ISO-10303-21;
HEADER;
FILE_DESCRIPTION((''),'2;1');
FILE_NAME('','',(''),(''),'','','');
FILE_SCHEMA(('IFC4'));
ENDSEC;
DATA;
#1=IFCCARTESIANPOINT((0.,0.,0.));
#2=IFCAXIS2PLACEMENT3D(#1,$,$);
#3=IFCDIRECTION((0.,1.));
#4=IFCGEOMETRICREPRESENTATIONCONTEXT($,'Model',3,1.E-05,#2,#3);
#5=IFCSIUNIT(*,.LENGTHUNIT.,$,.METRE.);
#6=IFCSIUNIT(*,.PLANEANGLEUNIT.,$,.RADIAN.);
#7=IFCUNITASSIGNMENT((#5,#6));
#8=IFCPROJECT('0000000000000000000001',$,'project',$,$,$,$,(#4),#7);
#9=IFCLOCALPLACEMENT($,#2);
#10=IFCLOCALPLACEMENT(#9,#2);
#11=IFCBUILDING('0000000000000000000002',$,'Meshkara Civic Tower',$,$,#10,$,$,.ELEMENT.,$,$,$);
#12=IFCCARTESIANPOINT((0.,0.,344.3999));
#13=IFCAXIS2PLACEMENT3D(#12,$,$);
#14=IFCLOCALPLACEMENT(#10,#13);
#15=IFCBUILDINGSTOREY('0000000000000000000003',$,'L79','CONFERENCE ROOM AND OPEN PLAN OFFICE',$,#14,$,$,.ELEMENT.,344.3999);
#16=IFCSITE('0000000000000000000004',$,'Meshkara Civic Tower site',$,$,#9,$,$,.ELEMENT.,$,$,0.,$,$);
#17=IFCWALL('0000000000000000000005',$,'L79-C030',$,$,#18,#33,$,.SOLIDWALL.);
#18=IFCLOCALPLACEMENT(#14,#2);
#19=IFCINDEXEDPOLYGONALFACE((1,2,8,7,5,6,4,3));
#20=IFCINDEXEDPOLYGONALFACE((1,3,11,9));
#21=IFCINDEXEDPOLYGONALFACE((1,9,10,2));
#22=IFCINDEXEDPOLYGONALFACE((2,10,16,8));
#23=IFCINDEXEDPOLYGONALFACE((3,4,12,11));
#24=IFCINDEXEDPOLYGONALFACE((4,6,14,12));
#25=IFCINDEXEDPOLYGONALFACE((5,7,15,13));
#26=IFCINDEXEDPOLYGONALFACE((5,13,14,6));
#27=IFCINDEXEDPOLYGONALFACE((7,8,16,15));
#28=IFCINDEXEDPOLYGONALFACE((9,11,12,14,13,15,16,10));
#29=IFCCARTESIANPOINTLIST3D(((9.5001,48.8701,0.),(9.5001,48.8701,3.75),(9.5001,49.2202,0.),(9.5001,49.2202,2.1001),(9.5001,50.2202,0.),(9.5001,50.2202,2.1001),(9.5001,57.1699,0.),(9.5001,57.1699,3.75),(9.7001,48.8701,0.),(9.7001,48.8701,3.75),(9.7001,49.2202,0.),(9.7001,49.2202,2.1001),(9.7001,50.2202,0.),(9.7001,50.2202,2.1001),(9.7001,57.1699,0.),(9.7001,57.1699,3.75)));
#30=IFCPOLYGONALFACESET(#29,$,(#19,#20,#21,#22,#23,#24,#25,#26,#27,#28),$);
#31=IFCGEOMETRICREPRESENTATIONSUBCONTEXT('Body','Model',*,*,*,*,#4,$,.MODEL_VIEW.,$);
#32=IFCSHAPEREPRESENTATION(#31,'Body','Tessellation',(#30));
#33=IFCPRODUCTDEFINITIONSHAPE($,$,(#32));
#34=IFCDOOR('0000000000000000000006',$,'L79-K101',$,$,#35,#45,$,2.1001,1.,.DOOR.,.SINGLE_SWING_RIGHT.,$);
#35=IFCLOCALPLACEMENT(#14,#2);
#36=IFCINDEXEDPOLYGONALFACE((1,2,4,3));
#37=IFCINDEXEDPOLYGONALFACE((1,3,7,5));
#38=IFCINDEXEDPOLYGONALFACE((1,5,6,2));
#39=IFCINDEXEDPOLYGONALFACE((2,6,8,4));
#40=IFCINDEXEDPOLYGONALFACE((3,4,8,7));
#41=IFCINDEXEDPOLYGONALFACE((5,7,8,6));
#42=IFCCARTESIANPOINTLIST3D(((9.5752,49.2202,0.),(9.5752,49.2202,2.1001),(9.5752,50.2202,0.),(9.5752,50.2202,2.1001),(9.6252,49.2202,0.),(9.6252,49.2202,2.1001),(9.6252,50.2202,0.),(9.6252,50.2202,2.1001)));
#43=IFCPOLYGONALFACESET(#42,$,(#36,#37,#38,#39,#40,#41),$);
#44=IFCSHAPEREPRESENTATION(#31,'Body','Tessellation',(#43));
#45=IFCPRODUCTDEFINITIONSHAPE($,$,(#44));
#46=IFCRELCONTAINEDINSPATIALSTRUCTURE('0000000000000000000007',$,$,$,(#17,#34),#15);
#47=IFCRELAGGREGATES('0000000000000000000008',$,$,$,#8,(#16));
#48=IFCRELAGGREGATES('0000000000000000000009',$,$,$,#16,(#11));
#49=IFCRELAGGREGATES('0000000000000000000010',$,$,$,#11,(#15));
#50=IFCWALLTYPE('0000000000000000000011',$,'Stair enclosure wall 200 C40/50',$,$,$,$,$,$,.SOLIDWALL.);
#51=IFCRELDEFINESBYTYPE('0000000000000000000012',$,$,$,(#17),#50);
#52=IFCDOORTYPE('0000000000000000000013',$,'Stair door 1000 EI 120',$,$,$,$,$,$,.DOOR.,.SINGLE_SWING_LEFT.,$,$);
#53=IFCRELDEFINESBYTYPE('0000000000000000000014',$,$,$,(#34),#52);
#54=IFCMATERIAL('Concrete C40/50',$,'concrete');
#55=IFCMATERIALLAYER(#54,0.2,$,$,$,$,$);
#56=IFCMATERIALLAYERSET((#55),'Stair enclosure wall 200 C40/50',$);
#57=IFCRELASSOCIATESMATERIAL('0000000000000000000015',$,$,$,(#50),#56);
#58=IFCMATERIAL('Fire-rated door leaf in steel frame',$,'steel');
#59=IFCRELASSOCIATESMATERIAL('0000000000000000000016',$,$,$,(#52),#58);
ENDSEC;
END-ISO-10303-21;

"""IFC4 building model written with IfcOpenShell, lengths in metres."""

from ifc_helpers import new_model, si_unit, direction, frame, frame_2d, origin, place, context, subcontext, project, spatial, rectangle, extrude, material, layer, layer_set, type_object, element, fill, save


model = new_model("IFC4")

# Units and contexts
model_context = context("Model", 3, precision=1e-05, world=origin(), true_north=direction((0.0, 1.0)))
body_context = subcontext(model_context, "Body", "Model", "MODEL_VIEW")
ifc_project = project(units=[si_unit("LENGTHUNIT", "METRE"), si_unit("PLANEANGLEUNIT", "RADIAN")], contexts=[model_context])

# Site, building, storey
site_placement = place(None, origin())
site = spatial("IfcSite", under=ifc_project, at=site_placement, Name="Meshkara Civic Tower site", CompositionType="ELEMENT", RefElevation=0.0)
building_placement = place(site_placement, origin())
building = spatial("IfcBuilding", under=site, at=building_placement, Name="Meshkara Civic Tower", CompositionType="ELEMENT")
storey_placement = place(building_placement, frame((0.0, 0.0, 344.3999)))
storey = spatial("IfcBuildingStorey", under=building, at=storey_placement, Name="L79", Description="CONFERENCE ROOM AND OPEN PLAN OFFICE", CompositionType="ELEMENT", Elevation=344.3999)

# Wall, opening, door
ifc_material_1 = material(Name="Concrete C40/50", Category="concrete")
ifc_layer_1 = layer(ifc_material_1, 0.2)
ifc_layer_set_1 = layer_set([ifc_layer_1], Name="Stair enclosure wall 200 C40/50")
wall_type_1 = type_object("IfcWallType", Name="Stair enclosure wall 200 C40/50", PredefinedType="SOLIDWALL", material=ifc_layer_set_1)
wall_1_placement = place(storey_placement, frame((9.6001, 48.8701, 0.0), z_axis=(0.0, 0.0, 1.0), x_axis=(0.0, 1.0, 0.0)))
wall_1 = element("IfcWall", 1, at=wall_1_placement, inside=storey, type_object=wall_type_1, Name="L79-C030", PredefinedType="SOLIDWALL", context=body_context, shape_type="SweptSolid", body=[
    extrude(rectangle(XDim=8.2998, YDim=0.2, at=frame_2d((4.1499, 0.0))), origin(), (0.0, 0.0, 1.0), 3.75),
])
opening_1_placement = place(wall_1_placement, frame((0.3501, 0.0, 0.0)))
opening_1 = element("IfcOpeningElement", 2, at=opening_1_placement, cuts=wall_1, PredefinedType="OPENING", context=body_context, shape_type="SweptSolid", body=[
    extrude(rectangle(XDim=1.0, YDim=2.1001, at=frame_2d((0.5, 1.05))), frame((0.0, 0.1099, 0.0), z_axis=(0.0, -1.0, 0.0), x_axis=(1.0, 0.0, 0.0)), (0.0, 0.0, 1.0), 0.22),
])
ifc_material_2 = material(Name="Fire-rated door leaf in steel frame", Category="steel")
door_type_1 = type_object("IfcDoorType", Name="Stair door 1000 EI 120", OperationType="SINGLE_SWING_LEFT", PredefinedType="DOOR", material=ifc_material_2)
door_1_placement = place(opening_1_placement, origin())
door_1 = element("IfcDoor", 3, at=door_1_placement, inside=storey, type_object=door_type_1, Name="L79-K101", OperationType="SINGLE_SWING_RIGHT", OverallHeight=2.1001, OverallWidth=1.0, PredefinedType="DOOR", context=body_context, shape_type="SweptSolid", body=[
    extrude(rectangle(XDim=1.0, YDim=2.1001, at=frame_2d((0.5, 1.05))), frame((0.0, 0.0249, 0.0), z_axis=(0.0, -1.0, 0.0), x_axis=(1.0, 0.0, 0.0)), (0.0, 0.0, 1.0), 0.05),
])
fill(opening_1, door_1)

save(model, "model.ifc")
